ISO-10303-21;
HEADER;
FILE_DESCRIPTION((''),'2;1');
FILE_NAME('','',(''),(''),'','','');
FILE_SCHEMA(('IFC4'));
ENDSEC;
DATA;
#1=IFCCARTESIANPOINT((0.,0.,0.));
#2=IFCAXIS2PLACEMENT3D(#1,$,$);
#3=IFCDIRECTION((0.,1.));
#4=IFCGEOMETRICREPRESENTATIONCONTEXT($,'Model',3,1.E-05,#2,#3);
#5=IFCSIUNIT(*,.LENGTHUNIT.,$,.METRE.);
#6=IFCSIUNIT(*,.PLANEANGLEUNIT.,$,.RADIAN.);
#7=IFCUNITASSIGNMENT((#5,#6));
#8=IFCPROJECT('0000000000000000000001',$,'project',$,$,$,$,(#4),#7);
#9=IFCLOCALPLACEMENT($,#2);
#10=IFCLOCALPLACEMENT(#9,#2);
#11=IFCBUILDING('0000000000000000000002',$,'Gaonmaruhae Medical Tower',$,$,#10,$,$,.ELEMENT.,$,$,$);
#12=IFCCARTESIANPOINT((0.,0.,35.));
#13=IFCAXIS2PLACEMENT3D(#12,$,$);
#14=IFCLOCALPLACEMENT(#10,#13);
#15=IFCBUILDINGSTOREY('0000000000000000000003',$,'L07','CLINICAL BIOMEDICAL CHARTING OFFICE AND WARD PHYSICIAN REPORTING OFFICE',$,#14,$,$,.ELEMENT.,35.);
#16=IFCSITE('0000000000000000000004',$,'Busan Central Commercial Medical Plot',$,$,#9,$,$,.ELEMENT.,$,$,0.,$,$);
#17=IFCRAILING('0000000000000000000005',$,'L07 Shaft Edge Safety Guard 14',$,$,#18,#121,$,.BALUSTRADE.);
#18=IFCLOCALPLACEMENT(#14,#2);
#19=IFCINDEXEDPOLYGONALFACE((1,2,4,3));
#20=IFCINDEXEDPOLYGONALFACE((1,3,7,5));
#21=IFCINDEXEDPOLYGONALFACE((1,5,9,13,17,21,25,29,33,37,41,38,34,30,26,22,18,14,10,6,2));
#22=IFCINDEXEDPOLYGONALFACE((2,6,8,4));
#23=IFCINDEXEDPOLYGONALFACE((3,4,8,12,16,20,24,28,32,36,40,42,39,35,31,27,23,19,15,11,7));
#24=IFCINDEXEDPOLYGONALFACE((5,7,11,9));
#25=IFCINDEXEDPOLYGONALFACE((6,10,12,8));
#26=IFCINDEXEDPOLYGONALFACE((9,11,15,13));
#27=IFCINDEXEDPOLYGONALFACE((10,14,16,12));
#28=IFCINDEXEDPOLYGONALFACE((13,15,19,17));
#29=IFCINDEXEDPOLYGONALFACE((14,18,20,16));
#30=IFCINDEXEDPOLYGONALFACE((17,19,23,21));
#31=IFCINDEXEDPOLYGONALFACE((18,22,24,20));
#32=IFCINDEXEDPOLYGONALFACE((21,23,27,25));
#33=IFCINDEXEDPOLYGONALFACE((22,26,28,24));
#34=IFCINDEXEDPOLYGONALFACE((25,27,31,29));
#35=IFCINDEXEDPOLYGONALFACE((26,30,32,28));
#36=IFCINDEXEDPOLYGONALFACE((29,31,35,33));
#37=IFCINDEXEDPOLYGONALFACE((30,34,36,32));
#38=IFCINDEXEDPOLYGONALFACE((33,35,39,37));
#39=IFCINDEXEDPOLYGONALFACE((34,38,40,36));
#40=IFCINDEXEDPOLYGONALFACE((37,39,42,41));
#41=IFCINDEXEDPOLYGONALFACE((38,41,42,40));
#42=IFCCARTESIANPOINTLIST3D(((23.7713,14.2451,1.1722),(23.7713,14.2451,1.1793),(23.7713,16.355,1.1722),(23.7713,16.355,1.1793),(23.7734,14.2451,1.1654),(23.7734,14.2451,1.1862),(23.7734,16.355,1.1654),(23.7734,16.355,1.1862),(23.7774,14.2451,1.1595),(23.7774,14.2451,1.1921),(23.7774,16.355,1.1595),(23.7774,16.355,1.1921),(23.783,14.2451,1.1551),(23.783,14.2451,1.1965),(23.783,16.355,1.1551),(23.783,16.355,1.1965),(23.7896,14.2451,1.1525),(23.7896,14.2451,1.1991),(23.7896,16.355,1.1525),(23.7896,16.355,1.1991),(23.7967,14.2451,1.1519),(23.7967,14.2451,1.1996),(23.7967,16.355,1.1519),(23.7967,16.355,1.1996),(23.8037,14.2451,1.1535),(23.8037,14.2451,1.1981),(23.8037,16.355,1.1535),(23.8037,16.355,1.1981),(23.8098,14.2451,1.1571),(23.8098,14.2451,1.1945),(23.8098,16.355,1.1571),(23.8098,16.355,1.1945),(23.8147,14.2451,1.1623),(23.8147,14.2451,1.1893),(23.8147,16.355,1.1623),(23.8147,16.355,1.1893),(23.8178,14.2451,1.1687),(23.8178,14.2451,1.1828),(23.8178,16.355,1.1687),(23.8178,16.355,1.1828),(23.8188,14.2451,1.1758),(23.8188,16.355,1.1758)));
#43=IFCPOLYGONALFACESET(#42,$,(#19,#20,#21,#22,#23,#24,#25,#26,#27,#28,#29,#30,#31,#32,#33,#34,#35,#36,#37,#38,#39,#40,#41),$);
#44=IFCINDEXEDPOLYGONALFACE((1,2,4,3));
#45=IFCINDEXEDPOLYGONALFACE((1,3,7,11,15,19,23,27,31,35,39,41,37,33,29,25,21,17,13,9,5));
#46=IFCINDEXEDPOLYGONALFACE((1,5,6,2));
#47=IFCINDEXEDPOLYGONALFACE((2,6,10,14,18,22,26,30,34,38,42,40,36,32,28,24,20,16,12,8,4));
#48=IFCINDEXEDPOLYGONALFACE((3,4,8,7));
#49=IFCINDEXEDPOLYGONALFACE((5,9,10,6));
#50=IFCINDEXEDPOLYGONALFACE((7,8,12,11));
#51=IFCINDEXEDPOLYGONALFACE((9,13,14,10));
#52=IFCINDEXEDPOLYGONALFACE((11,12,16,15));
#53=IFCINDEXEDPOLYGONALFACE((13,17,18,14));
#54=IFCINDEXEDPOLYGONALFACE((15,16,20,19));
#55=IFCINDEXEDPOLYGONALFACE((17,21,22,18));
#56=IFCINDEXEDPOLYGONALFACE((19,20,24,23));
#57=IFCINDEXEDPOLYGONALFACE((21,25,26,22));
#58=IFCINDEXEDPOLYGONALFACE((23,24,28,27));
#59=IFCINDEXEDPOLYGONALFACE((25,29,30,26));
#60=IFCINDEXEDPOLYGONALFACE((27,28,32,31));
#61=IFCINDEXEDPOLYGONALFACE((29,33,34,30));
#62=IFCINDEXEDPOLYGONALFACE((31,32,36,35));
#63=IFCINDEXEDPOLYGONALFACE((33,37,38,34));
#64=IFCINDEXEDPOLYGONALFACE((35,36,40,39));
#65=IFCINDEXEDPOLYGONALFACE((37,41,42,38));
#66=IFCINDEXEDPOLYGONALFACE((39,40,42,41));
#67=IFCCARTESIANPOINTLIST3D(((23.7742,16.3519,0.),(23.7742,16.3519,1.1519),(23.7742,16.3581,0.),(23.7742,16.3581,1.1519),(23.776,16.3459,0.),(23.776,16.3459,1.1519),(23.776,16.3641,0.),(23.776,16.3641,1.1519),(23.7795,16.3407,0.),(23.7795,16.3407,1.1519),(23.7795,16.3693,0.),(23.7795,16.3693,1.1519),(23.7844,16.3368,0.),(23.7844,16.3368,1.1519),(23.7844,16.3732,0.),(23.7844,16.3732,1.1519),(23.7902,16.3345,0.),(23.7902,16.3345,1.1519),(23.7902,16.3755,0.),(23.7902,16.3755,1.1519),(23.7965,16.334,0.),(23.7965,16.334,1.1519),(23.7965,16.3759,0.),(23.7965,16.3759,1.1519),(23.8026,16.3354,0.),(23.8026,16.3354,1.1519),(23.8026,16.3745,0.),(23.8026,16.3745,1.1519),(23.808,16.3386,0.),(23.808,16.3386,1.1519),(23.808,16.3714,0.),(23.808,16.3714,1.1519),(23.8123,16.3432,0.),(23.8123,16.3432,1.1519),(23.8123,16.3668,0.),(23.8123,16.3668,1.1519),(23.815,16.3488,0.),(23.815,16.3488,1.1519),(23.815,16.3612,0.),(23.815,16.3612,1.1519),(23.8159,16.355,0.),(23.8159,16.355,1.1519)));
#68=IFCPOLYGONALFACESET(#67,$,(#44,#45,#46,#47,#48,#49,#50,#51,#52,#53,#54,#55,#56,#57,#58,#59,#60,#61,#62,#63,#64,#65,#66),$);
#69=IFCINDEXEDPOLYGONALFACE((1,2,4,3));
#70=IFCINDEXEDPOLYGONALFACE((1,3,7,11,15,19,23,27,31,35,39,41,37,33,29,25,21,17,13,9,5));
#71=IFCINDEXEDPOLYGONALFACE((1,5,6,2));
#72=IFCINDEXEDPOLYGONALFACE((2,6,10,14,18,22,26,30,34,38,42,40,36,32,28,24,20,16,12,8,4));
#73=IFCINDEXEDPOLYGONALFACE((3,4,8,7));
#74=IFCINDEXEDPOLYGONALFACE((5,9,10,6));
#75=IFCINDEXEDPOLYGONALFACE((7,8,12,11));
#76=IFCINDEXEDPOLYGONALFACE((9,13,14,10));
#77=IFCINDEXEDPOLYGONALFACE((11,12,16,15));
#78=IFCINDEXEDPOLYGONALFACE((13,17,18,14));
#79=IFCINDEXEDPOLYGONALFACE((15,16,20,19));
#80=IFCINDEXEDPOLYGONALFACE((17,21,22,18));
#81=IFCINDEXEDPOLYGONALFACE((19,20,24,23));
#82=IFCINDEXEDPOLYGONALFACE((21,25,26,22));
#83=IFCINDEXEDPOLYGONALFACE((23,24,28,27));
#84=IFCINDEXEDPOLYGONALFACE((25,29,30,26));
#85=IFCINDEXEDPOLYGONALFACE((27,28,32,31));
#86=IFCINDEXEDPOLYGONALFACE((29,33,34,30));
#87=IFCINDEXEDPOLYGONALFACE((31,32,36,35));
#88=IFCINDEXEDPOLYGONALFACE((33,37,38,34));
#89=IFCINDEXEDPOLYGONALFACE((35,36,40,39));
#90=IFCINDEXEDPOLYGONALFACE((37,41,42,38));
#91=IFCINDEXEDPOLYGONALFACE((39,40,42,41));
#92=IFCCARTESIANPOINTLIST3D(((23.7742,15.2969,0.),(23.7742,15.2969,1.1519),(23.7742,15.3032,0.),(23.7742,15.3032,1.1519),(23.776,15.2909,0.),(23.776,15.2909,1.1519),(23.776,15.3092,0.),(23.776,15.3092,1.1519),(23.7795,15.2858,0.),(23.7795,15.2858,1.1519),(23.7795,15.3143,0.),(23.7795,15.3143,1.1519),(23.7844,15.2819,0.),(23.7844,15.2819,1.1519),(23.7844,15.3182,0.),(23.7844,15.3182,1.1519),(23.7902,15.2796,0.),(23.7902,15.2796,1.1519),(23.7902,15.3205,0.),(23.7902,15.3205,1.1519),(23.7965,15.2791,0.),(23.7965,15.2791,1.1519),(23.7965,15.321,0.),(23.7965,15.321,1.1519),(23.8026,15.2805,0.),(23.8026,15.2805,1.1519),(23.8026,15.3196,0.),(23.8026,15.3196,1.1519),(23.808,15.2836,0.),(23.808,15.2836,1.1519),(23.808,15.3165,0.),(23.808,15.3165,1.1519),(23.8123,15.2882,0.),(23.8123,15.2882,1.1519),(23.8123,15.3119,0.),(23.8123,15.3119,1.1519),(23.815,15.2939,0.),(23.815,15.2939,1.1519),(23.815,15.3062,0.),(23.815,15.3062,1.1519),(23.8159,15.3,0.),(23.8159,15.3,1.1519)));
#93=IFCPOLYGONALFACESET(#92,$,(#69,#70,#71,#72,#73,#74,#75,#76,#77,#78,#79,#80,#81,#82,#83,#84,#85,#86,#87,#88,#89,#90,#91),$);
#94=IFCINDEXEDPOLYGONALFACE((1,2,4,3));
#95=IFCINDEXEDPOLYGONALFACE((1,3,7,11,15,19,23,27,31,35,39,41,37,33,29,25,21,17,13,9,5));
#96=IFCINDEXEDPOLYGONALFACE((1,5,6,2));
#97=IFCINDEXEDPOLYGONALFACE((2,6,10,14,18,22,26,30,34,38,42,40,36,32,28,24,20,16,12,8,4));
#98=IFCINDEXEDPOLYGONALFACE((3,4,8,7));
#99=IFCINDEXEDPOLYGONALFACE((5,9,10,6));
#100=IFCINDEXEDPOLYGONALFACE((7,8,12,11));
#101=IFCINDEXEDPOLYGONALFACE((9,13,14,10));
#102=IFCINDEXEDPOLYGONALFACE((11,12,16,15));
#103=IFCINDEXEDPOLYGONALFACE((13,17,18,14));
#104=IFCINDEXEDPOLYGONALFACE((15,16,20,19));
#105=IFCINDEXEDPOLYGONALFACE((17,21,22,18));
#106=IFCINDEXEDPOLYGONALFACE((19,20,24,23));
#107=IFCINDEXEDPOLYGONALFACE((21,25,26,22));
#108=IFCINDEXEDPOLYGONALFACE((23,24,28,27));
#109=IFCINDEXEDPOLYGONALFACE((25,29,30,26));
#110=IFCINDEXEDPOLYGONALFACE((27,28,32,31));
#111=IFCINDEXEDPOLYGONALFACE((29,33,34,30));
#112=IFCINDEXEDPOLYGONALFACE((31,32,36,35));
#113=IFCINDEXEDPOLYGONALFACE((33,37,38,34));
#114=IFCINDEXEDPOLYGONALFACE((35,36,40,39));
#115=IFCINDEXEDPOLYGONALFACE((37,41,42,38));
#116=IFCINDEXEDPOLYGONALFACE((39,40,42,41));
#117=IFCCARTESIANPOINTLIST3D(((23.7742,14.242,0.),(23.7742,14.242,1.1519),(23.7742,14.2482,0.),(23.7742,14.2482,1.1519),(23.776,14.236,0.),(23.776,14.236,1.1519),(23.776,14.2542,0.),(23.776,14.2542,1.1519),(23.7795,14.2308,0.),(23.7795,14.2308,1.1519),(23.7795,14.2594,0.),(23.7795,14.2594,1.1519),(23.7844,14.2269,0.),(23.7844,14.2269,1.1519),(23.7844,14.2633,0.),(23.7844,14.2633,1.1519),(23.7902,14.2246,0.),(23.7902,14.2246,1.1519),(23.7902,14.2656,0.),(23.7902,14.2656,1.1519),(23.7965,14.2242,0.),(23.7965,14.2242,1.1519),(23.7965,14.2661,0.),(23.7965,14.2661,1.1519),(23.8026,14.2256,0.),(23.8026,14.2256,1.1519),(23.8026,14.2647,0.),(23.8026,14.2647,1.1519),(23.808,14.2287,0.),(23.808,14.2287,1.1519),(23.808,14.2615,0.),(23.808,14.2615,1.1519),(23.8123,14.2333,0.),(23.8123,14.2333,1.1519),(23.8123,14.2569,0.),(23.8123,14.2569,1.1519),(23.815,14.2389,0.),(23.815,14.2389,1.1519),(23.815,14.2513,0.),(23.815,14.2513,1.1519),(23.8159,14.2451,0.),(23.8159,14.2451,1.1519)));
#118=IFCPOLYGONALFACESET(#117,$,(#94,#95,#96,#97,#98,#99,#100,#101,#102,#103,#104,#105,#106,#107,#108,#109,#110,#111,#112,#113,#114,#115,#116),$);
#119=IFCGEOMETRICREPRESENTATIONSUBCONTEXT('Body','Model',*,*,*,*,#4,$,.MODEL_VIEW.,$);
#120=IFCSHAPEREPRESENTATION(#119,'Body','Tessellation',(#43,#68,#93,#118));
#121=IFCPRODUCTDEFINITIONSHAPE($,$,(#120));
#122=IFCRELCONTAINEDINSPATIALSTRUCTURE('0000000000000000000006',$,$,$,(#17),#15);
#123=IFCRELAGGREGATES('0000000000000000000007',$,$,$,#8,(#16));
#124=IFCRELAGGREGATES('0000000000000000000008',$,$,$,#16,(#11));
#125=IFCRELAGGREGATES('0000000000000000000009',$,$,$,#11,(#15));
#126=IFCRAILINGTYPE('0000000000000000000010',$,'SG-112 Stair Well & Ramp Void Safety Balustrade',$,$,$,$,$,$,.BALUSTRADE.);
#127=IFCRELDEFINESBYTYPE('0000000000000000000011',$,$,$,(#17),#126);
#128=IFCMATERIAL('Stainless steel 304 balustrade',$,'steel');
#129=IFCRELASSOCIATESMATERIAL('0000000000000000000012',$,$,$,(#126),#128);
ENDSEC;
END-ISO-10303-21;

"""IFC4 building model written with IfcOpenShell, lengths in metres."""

from ifc_helpers import new_model, si_unit, direction, frame, origin, origin_2d, place, context, subcontext, project, spatial, circle, extrude, material, type_object, element, save


model = new_model("IFC4")

# Units and contexts
model_context = context("Model", 3, precision=1e-05, world=origin(), true_north=direction((0.0, 1.0)))
body_context = subcontext(model_context, "Body", "Model", "MODEL_VIEW")
ifc_project = project(units=[si_unit("LENGTHUNIT", "METRE"), si_unit("PLANEANGLEUNIT", "RADIAN")], contexts=[model_context])

# Site, building, storey
site_placement = place(None, origin())
site = spatial("IfcSite", under=ifc_project, at=site_placement, Name="Busan Central Commercial Medical Plot", CompositionType="ELEMENT", RefElevation=0.0)
building_placement = place(site_placement, origin())
building = spatial("IfcBuilding", under=site, at=building_placement, Name="Gaonmaruhae Medical Tower", CompositionType="ELEMENT")
storey_placement = place(building_placement, frame((0.0, 0.0, 35.0)))
storey = spatial("IfcBuildingStorey", under=building, at=storey_placement, Name="L07", Description="CLINICAL BIOMEDICAL CHARTING OFFICE AND WARD PHYSICIAN REPORTING OFFICE", CompositionType="ELEMENT", Elevation=35.0)

# Railing
ifc_material_1 = material(Name="Stainless steel 304 balustrade", Category="steel")
railing_type = type_object("IfcRailingType", Name="SG-112 Stair Well & Ramp Void Safety Balustrade", PredefinedType="BALUSTRADE", material=ifc_material_1)
railing_placement = place(storey_placement, frame((23.7949, 16.355, 0.0)))
element("IfcRailing", 1, at=railing_placement, inside=storey, type_object=railing_type, Name="L07 Shaft Edge Safety Guard 14", PredefinedType="BALUSTRADE", context=body_context, shape_type="SweptSolid", body=[
    extrude(circle(Radius=0.0239, at=origin_2d()), frame((0.0, 0.0, 1.1758), z_axis=(0.0, -1.0, 0.0), x_axis=(1.0, 0.0, 0.0)), (0.0, 0.0, 1.0), 2.1099),
    extrude(circle(Radius=0.021, at=origin_2d()), origin(), (0.0, 0.0, 1.0), 1.1519),
    extrude(circle(Radius=0.021, at=origin_2d()), frame((0.0, -1.0549, 0.0)), (0.0, 0.0, 1.0), 1.1519),
    extrude(circle(Radius=0.021, at=origin_2d()), frame((0.0, -2.1099, 0.0)), (0.0, 0.0, 1.0), 1.1519),
])

save(model, "model.ifc")
